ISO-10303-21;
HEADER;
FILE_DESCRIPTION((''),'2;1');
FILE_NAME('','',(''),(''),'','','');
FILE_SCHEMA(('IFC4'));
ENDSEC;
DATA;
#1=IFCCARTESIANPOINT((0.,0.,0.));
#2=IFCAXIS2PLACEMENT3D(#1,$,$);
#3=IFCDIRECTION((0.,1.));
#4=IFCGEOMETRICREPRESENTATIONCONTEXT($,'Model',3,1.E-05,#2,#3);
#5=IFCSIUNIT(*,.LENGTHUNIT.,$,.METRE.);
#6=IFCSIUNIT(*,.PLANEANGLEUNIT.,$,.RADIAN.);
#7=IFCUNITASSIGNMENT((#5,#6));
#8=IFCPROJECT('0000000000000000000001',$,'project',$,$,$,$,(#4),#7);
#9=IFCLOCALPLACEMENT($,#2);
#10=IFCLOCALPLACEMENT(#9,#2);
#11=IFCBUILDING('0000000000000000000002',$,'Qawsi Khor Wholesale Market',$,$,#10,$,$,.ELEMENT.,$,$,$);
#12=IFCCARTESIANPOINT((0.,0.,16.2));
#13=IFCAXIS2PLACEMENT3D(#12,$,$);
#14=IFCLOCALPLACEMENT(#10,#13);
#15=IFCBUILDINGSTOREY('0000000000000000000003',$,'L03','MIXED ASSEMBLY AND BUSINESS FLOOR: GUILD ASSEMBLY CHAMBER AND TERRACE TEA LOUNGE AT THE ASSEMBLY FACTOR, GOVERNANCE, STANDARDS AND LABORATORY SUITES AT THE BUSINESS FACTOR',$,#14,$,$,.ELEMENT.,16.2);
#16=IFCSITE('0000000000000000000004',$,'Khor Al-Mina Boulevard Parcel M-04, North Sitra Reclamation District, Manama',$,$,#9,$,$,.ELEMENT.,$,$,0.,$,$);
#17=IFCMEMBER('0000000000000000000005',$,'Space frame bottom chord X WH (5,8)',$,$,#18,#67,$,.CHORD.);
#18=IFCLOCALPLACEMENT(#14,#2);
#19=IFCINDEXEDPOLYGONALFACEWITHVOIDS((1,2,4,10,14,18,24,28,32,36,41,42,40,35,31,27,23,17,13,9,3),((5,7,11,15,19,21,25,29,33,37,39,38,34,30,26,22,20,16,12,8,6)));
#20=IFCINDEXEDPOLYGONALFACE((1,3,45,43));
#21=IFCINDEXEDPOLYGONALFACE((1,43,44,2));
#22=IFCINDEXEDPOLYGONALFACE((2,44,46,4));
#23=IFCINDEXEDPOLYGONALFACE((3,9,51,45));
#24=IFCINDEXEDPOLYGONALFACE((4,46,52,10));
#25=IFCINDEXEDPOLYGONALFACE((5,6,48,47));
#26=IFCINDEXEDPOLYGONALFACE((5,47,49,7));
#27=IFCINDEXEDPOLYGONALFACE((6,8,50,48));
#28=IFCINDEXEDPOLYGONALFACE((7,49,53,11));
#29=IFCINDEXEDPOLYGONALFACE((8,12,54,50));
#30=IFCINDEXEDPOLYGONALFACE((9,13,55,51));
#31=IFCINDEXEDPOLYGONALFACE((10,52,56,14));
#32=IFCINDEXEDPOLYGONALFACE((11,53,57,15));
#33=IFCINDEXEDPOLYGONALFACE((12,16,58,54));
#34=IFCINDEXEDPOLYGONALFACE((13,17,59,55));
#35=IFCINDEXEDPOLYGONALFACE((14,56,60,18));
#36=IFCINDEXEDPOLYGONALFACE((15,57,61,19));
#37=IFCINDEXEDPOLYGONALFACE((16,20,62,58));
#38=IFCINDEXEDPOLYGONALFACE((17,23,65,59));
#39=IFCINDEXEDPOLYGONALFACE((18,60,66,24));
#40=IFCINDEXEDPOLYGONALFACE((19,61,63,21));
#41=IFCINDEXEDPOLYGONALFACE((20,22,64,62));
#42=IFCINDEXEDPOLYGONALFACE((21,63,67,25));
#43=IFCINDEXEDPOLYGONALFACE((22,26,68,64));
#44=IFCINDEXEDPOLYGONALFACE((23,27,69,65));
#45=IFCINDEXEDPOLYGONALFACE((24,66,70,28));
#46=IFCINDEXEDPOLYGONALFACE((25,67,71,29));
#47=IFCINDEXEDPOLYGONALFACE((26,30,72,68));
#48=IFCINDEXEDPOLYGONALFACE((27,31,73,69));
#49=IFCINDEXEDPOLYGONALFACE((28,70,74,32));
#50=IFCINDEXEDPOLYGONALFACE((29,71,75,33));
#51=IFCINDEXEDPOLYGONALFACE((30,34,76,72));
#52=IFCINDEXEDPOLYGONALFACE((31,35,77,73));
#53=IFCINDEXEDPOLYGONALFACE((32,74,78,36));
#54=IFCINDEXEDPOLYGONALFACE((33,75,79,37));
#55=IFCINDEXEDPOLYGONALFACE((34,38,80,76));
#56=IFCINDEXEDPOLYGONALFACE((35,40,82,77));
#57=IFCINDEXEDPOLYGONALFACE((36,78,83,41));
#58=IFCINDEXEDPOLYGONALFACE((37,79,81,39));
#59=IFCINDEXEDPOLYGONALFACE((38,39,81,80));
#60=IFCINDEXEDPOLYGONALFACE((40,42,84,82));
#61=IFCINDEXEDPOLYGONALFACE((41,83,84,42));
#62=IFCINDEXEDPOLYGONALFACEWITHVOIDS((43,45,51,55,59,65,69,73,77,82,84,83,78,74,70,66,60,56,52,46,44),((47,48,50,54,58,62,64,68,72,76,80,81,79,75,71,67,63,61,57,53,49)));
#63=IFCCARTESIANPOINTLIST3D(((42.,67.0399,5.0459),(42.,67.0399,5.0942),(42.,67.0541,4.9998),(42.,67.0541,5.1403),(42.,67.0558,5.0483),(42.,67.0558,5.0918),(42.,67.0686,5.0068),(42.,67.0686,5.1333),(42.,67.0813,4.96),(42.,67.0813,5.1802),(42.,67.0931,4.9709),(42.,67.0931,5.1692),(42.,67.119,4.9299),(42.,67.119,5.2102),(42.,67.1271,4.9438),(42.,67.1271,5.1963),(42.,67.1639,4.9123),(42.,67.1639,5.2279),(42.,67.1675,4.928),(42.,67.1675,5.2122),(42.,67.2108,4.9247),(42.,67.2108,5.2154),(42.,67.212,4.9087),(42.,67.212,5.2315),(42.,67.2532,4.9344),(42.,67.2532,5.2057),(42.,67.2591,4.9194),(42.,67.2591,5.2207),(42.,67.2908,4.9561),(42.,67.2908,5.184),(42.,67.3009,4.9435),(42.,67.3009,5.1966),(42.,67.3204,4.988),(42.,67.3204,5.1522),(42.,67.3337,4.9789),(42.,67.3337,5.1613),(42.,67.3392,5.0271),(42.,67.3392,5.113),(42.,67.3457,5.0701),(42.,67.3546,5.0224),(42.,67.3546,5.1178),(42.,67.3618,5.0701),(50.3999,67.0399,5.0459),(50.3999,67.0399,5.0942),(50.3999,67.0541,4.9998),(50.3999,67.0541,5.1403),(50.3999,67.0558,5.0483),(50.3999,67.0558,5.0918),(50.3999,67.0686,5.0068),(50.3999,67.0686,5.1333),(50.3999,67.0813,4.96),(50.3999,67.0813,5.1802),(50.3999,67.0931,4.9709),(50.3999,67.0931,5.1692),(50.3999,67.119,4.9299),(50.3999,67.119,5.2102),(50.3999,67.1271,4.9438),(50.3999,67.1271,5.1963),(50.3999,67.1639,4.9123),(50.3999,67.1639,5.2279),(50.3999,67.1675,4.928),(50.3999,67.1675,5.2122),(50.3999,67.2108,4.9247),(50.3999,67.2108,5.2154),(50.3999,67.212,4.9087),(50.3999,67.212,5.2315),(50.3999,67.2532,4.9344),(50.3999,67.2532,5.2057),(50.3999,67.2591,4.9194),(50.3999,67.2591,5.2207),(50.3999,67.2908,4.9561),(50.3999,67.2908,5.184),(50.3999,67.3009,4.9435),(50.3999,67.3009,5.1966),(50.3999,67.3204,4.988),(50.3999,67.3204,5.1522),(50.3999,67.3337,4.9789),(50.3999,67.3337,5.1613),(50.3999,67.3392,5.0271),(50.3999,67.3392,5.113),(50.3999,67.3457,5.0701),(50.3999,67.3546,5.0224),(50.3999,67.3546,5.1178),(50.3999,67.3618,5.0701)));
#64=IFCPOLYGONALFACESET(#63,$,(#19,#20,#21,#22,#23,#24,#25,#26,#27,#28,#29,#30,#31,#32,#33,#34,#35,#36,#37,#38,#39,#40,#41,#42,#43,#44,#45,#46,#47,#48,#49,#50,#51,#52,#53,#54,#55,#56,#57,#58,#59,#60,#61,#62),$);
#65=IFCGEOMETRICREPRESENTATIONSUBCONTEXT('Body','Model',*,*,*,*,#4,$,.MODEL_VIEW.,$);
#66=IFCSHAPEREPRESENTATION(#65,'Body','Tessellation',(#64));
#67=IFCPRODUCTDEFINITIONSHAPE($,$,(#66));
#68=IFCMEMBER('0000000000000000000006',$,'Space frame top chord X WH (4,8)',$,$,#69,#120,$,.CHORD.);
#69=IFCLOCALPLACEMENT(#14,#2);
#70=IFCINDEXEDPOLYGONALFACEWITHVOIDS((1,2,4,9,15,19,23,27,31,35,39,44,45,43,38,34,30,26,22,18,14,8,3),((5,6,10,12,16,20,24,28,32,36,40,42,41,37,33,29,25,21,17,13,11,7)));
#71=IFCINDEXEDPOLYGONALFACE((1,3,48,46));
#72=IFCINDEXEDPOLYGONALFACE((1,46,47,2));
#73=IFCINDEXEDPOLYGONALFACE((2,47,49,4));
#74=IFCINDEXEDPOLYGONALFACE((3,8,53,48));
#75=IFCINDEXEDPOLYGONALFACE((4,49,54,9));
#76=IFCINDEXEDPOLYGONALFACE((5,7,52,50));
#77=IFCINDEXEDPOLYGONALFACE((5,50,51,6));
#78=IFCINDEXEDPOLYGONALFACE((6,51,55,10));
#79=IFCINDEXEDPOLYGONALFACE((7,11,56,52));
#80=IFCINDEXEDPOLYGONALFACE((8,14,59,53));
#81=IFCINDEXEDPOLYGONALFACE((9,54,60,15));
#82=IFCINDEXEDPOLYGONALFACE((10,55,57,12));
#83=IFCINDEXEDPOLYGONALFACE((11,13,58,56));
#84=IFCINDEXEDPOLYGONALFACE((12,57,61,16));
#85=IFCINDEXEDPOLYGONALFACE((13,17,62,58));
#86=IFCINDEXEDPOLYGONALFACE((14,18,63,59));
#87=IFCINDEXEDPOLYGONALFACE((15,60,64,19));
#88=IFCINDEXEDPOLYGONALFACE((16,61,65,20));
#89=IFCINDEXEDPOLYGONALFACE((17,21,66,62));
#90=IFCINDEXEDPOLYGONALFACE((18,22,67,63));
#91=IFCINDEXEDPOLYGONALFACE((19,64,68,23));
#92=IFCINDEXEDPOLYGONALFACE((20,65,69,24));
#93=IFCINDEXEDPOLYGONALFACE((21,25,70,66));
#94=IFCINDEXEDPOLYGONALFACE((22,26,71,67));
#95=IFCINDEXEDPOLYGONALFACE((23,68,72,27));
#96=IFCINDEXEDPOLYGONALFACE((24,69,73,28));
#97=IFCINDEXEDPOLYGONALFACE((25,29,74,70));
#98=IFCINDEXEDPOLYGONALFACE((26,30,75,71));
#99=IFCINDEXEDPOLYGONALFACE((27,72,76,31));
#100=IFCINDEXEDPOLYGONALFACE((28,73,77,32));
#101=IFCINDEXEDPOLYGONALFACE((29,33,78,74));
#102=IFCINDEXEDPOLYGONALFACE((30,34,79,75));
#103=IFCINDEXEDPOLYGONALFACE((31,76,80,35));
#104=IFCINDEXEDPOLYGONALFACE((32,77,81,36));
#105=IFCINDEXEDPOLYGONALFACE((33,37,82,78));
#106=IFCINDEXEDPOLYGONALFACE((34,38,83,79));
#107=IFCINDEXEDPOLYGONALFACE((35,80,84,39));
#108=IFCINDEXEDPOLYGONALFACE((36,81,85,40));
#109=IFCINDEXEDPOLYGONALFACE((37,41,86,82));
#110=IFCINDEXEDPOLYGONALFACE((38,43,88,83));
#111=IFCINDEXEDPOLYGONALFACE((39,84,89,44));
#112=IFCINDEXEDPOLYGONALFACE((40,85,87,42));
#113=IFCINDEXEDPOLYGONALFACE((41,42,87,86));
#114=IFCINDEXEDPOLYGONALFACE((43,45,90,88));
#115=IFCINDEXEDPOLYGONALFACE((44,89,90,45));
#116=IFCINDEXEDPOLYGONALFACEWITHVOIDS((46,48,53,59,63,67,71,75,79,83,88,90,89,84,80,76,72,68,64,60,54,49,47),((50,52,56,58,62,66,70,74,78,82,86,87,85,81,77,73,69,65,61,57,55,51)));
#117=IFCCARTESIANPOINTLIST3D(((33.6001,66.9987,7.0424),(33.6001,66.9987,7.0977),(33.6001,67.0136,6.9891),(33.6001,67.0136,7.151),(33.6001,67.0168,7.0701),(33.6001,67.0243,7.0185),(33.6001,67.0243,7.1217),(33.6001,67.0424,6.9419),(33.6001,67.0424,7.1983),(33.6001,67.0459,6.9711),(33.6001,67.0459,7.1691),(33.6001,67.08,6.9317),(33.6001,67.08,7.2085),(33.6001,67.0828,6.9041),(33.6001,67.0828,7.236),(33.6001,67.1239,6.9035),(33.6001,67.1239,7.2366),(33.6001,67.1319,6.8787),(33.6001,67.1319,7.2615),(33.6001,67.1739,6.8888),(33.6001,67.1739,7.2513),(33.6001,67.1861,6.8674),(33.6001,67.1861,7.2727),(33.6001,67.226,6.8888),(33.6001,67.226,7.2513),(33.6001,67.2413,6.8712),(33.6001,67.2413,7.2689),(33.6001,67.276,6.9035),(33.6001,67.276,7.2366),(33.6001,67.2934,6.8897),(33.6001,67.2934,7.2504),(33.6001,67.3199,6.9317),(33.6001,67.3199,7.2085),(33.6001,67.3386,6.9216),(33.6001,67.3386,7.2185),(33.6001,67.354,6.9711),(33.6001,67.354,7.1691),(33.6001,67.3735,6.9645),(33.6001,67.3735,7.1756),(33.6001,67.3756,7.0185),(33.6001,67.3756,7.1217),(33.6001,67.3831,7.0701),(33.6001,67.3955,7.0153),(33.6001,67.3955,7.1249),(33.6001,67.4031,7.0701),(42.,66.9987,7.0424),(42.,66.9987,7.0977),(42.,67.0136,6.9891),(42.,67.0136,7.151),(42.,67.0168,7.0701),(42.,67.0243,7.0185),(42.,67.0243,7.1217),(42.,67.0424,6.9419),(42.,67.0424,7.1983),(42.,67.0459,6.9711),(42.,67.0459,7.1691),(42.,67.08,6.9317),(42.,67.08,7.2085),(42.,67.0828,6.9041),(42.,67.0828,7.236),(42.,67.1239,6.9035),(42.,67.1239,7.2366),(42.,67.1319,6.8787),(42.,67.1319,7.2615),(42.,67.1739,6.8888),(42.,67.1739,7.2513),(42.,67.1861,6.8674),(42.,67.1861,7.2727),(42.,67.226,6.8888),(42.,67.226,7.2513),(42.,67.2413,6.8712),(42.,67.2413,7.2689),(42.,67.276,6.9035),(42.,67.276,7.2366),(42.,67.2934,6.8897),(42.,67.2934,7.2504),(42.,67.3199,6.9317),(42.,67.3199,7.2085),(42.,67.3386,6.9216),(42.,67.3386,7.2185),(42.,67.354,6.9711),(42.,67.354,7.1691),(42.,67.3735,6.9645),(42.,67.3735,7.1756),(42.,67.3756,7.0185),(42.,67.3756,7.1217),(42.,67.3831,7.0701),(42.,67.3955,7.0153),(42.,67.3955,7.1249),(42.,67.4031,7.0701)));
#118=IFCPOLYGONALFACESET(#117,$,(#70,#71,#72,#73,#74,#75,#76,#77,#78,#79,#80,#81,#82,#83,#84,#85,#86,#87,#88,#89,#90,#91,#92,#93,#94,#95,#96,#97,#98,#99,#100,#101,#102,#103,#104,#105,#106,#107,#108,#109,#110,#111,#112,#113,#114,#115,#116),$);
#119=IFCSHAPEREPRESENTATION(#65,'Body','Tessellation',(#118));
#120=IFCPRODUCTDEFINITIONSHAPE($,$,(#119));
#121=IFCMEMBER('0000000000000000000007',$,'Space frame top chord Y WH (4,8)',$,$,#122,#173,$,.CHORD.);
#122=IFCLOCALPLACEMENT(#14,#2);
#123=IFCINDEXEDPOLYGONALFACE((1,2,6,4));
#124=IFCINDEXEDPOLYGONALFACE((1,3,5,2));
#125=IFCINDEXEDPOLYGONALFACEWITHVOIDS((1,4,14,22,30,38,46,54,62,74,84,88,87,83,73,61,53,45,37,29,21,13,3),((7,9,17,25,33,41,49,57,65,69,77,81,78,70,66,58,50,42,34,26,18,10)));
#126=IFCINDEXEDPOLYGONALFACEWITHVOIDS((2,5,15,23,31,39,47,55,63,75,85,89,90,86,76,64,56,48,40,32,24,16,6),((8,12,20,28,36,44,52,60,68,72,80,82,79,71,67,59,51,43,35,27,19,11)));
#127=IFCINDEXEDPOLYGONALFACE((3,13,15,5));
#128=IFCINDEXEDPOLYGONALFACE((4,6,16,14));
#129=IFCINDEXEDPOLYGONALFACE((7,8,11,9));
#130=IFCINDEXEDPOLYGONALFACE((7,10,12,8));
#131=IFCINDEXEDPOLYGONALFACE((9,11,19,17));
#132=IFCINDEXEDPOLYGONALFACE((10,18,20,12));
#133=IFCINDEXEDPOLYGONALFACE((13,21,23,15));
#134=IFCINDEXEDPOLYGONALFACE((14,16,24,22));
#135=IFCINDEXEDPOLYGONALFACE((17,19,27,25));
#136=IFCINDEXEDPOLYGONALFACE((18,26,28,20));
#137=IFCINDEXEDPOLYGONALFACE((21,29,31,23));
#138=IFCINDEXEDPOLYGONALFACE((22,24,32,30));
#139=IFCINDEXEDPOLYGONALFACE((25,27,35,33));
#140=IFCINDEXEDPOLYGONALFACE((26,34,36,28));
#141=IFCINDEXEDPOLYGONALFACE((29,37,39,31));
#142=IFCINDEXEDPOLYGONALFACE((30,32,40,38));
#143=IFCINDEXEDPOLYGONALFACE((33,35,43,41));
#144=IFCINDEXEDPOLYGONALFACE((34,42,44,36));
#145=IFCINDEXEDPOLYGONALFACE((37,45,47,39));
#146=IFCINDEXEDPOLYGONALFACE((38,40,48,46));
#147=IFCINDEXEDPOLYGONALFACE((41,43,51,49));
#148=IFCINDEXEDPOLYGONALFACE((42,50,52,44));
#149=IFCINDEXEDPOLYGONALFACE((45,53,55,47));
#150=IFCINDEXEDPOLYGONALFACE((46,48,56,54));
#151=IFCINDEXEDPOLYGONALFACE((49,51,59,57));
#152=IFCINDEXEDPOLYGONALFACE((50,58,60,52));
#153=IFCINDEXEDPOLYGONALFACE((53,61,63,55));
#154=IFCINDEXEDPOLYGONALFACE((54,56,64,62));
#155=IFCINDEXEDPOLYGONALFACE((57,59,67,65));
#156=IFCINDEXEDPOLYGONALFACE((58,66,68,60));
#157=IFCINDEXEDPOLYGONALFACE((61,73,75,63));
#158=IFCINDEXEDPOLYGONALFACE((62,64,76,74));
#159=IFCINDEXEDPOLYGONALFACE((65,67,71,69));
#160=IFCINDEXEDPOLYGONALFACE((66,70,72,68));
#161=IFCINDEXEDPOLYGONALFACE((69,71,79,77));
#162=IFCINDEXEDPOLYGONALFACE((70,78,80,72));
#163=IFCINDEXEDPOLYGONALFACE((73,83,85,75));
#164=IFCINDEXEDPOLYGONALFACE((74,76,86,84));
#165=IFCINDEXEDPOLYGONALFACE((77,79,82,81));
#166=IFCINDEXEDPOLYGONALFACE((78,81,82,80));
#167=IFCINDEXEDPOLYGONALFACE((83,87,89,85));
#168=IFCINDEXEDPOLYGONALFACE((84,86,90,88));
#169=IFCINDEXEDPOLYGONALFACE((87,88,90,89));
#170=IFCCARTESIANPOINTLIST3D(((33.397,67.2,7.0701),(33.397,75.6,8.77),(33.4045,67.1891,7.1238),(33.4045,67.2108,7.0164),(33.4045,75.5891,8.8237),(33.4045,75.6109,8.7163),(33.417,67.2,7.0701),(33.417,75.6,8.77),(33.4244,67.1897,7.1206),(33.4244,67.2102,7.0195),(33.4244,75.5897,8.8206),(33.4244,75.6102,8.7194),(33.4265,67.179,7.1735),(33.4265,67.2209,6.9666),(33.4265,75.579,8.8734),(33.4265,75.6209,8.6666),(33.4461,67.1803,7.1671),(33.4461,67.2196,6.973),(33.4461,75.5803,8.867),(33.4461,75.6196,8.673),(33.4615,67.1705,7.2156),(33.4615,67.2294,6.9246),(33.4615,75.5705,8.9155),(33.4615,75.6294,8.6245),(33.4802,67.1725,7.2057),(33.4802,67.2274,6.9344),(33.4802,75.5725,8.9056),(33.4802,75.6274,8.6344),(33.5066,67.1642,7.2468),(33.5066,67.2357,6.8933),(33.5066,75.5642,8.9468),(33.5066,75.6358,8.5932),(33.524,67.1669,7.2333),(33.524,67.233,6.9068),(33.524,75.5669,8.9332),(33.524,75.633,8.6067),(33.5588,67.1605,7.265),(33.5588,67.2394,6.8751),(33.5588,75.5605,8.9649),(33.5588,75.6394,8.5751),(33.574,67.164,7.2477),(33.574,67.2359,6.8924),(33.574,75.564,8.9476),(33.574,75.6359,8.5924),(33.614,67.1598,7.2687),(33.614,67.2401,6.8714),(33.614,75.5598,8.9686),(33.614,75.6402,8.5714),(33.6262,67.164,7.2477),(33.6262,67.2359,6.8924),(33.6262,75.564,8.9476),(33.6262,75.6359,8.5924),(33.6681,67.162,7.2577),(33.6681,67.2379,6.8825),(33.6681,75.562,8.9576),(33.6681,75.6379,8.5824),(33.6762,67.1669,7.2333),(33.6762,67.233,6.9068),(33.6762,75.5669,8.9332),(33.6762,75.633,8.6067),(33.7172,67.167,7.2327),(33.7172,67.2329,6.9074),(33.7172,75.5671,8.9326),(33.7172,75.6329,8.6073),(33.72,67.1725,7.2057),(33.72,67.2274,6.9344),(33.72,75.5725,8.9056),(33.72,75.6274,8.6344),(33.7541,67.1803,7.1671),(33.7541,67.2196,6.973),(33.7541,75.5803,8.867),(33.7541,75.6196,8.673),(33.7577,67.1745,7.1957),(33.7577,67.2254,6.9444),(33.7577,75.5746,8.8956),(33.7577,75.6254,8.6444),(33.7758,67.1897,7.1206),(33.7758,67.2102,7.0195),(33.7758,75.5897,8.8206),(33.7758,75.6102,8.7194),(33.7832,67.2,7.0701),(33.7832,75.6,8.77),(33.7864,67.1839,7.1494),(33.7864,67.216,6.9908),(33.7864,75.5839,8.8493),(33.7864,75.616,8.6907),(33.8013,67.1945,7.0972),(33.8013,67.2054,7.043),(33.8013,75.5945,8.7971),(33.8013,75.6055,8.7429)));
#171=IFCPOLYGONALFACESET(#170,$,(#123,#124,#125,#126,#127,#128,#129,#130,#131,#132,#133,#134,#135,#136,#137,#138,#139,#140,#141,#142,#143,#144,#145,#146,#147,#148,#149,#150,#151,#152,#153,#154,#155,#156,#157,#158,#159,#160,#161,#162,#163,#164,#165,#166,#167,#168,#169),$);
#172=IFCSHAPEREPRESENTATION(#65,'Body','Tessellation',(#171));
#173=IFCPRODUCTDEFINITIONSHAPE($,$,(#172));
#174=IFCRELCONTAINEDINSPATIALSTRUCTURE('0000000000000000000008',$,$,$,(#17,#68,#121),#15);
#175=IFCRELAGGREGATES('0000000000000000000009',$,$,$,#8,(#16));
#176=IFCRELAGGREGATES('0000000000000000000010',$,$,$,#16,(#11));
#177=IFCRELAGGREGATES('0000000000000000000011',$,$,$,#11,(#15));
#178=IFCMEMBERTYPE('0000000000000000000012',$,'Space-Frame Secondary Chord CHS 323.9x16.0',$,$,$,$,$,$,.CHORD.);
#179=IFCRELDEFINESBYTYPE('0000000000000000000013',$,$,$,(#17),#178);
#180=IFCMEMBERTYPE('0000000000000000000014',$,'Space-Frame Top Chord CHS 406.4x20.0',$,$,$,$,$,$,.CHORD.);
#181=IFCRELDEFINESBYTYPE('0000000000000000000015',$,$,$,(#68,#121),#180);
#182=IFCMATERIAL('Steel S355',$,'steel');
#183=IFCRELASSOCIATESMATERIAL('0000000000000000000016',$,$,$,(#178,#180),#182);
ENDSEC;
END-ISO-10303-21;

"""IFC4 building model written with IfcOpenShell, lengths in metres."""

from ifc_helpers import new_model, si_unit, direction, frame, origin, origin_2d, place, context, subcontext, project, spatial, hollow_circle, extrude, material, material_profile, profile_set, type_object, element, save


model = new_model("IFC4")

# Units and contexts
model_context = context("Model", 3, precision=1e-05, world=origin(), true_north=direction((0.0, 1.0)))
body_context = subcontext(model_context, "Body", "Model", "MODEL_VIEW")
ifc_project = project(units=[si_unit("LENGTHUNIT", "METRE"), si_unit("PLANEANGLEUNIT", "RADIAN")], contexts=[model_context])

# Site, building, storey
site_placement = place(None, origin())
site = spatial("IfcSite", under=ifc_project, at=site_placement, Name="Khor Al-Mina Boulevard Parcel M-04, North Sitra Reclamation District, Manama", CompositionType="ELEMENT", RefElevation=0.0)
building_placement = place(site_placement, origin())
building = spatial("IfcBuilding", under=site, at=building_placement, Name="Qawsi Khor Wholesale Market", CompositionType="ELEMENT")
storey_placement = place(building_placement, frame((0.0, 0.0, 16.2)))
storey = spatial("IfcBuildingStorey", under=building, at=storey_placement, Name="L03", Description="MIXED ASSEMBLY AND BUSINESS FLOOR: GUILD ASSEMBLY CHAMBER AND TERRACE TEA LOUNGE AT THE ASSEMBLY FACTOR, GOVERNANCE, STANDARDS AND LABORATORY SUITES AT THE BUSINESS FACTOR", CompositionType="ELEMENT", Elevation=16.2)

# Members
ifc_material_1 = material(Name="Steel S355", Category="steel")
ifc_material_profile_1 = material_profile(ifc_material_1, hollow_circle(Radius=0.1619, WallThickness=0.0161, at=origin_2d()), Name="CHS 323.9x16.0")
ifc_profile_set_1 = profile_set([ifc_material_profile_1], Name="Steel S355")
member_type_1 = type_object("IfcMemberType", Name="Space-Frame Secondary Chord CHS 323.9x16.0", PredefinedType="CHORD", material=ifc_profile_set_1)
for number, where, z_axis, x_axis, name in (
    (1, (42.0, 67.2, 5.0701), (1.0, 0.0, 0.0), (0.0, 1.0, 0.0), "Space frame bottom chord X WH (5,8)"),
):
    element("IfcMember", number, at=place(storey_placement, frame(where, z_axis=z_axis, x_axis=x_axis)), inside=storey, type_object=member_type_1, Name=name, PredefinedType="CHORD", context=body_context, shape_type="SweptSolid", body=[
        extrude(hollow_circle(Radius=0.1619, WallThickness=0.0161, at=origin_2d()), origin(), (0.0, 0.0, 1.0), 8.3999),
    ])
ifc_material_profile_2 = material_profile(ifc_material_1, hollow_circle(Radius=0.2031, WallThickness=0.02, at=origin_2d()), Name="CHS 406.4x20.0")
ifc_profile_set_2 = profile_set([ifc_material_profile_2], Name="Steel S355")
member_type_2 = type_object("IfcMemberType", Name="Space-Frame Top Chord CHS 406.4x20.0", PredefinedType="CHORD", material=ifc_profile_set_2)
member_1_placement = place(storey_placement, frame((33.6001, 67.2, 7.0701), z_axis=(1.0, 0.0, 0.0), x_axis=(0.0, 1.0, 0.0)))
element("IfcMember", 2, at=member_1_placement, inside=storey, type_object=member_type_2, Name="Space frame top chord X WH (4,8)", PredefinedType="CHORD", context=body_context, shape_type="SweptSolid", body=[
    extrude(hollow_circle(Radius=0.2031, WallThickness=0.02, at=origin_2d()), origin(), (0.0, 0.0, 1.0), 8.3999),
])
for number, where, z_axis, x_axis, name in (
    (3, (33.6001, 67.2, 7.0701), (0.0, 0.980131, 0.198351), (-1.0, 0.0, 0.0), "Space frame top chord Y WH (4,8)"),
):
    element("IfcMember", number, at=place(storey_placement, frame(where, z_axis=z_axis, x_axis=x_axis)), inside=storey, type_object=member_type_2, Name=name, PredefinedType="CHORD", context=body_context, shape_type="SweptSolid", body=[
        extrude(hollow_circle(Radius=0.2031, WallThickness=0.02, at=origin_2d()), origin(), (0.0, 0.0, 1.0), 8.5703),
    ])

save(model, "model.ifc")
